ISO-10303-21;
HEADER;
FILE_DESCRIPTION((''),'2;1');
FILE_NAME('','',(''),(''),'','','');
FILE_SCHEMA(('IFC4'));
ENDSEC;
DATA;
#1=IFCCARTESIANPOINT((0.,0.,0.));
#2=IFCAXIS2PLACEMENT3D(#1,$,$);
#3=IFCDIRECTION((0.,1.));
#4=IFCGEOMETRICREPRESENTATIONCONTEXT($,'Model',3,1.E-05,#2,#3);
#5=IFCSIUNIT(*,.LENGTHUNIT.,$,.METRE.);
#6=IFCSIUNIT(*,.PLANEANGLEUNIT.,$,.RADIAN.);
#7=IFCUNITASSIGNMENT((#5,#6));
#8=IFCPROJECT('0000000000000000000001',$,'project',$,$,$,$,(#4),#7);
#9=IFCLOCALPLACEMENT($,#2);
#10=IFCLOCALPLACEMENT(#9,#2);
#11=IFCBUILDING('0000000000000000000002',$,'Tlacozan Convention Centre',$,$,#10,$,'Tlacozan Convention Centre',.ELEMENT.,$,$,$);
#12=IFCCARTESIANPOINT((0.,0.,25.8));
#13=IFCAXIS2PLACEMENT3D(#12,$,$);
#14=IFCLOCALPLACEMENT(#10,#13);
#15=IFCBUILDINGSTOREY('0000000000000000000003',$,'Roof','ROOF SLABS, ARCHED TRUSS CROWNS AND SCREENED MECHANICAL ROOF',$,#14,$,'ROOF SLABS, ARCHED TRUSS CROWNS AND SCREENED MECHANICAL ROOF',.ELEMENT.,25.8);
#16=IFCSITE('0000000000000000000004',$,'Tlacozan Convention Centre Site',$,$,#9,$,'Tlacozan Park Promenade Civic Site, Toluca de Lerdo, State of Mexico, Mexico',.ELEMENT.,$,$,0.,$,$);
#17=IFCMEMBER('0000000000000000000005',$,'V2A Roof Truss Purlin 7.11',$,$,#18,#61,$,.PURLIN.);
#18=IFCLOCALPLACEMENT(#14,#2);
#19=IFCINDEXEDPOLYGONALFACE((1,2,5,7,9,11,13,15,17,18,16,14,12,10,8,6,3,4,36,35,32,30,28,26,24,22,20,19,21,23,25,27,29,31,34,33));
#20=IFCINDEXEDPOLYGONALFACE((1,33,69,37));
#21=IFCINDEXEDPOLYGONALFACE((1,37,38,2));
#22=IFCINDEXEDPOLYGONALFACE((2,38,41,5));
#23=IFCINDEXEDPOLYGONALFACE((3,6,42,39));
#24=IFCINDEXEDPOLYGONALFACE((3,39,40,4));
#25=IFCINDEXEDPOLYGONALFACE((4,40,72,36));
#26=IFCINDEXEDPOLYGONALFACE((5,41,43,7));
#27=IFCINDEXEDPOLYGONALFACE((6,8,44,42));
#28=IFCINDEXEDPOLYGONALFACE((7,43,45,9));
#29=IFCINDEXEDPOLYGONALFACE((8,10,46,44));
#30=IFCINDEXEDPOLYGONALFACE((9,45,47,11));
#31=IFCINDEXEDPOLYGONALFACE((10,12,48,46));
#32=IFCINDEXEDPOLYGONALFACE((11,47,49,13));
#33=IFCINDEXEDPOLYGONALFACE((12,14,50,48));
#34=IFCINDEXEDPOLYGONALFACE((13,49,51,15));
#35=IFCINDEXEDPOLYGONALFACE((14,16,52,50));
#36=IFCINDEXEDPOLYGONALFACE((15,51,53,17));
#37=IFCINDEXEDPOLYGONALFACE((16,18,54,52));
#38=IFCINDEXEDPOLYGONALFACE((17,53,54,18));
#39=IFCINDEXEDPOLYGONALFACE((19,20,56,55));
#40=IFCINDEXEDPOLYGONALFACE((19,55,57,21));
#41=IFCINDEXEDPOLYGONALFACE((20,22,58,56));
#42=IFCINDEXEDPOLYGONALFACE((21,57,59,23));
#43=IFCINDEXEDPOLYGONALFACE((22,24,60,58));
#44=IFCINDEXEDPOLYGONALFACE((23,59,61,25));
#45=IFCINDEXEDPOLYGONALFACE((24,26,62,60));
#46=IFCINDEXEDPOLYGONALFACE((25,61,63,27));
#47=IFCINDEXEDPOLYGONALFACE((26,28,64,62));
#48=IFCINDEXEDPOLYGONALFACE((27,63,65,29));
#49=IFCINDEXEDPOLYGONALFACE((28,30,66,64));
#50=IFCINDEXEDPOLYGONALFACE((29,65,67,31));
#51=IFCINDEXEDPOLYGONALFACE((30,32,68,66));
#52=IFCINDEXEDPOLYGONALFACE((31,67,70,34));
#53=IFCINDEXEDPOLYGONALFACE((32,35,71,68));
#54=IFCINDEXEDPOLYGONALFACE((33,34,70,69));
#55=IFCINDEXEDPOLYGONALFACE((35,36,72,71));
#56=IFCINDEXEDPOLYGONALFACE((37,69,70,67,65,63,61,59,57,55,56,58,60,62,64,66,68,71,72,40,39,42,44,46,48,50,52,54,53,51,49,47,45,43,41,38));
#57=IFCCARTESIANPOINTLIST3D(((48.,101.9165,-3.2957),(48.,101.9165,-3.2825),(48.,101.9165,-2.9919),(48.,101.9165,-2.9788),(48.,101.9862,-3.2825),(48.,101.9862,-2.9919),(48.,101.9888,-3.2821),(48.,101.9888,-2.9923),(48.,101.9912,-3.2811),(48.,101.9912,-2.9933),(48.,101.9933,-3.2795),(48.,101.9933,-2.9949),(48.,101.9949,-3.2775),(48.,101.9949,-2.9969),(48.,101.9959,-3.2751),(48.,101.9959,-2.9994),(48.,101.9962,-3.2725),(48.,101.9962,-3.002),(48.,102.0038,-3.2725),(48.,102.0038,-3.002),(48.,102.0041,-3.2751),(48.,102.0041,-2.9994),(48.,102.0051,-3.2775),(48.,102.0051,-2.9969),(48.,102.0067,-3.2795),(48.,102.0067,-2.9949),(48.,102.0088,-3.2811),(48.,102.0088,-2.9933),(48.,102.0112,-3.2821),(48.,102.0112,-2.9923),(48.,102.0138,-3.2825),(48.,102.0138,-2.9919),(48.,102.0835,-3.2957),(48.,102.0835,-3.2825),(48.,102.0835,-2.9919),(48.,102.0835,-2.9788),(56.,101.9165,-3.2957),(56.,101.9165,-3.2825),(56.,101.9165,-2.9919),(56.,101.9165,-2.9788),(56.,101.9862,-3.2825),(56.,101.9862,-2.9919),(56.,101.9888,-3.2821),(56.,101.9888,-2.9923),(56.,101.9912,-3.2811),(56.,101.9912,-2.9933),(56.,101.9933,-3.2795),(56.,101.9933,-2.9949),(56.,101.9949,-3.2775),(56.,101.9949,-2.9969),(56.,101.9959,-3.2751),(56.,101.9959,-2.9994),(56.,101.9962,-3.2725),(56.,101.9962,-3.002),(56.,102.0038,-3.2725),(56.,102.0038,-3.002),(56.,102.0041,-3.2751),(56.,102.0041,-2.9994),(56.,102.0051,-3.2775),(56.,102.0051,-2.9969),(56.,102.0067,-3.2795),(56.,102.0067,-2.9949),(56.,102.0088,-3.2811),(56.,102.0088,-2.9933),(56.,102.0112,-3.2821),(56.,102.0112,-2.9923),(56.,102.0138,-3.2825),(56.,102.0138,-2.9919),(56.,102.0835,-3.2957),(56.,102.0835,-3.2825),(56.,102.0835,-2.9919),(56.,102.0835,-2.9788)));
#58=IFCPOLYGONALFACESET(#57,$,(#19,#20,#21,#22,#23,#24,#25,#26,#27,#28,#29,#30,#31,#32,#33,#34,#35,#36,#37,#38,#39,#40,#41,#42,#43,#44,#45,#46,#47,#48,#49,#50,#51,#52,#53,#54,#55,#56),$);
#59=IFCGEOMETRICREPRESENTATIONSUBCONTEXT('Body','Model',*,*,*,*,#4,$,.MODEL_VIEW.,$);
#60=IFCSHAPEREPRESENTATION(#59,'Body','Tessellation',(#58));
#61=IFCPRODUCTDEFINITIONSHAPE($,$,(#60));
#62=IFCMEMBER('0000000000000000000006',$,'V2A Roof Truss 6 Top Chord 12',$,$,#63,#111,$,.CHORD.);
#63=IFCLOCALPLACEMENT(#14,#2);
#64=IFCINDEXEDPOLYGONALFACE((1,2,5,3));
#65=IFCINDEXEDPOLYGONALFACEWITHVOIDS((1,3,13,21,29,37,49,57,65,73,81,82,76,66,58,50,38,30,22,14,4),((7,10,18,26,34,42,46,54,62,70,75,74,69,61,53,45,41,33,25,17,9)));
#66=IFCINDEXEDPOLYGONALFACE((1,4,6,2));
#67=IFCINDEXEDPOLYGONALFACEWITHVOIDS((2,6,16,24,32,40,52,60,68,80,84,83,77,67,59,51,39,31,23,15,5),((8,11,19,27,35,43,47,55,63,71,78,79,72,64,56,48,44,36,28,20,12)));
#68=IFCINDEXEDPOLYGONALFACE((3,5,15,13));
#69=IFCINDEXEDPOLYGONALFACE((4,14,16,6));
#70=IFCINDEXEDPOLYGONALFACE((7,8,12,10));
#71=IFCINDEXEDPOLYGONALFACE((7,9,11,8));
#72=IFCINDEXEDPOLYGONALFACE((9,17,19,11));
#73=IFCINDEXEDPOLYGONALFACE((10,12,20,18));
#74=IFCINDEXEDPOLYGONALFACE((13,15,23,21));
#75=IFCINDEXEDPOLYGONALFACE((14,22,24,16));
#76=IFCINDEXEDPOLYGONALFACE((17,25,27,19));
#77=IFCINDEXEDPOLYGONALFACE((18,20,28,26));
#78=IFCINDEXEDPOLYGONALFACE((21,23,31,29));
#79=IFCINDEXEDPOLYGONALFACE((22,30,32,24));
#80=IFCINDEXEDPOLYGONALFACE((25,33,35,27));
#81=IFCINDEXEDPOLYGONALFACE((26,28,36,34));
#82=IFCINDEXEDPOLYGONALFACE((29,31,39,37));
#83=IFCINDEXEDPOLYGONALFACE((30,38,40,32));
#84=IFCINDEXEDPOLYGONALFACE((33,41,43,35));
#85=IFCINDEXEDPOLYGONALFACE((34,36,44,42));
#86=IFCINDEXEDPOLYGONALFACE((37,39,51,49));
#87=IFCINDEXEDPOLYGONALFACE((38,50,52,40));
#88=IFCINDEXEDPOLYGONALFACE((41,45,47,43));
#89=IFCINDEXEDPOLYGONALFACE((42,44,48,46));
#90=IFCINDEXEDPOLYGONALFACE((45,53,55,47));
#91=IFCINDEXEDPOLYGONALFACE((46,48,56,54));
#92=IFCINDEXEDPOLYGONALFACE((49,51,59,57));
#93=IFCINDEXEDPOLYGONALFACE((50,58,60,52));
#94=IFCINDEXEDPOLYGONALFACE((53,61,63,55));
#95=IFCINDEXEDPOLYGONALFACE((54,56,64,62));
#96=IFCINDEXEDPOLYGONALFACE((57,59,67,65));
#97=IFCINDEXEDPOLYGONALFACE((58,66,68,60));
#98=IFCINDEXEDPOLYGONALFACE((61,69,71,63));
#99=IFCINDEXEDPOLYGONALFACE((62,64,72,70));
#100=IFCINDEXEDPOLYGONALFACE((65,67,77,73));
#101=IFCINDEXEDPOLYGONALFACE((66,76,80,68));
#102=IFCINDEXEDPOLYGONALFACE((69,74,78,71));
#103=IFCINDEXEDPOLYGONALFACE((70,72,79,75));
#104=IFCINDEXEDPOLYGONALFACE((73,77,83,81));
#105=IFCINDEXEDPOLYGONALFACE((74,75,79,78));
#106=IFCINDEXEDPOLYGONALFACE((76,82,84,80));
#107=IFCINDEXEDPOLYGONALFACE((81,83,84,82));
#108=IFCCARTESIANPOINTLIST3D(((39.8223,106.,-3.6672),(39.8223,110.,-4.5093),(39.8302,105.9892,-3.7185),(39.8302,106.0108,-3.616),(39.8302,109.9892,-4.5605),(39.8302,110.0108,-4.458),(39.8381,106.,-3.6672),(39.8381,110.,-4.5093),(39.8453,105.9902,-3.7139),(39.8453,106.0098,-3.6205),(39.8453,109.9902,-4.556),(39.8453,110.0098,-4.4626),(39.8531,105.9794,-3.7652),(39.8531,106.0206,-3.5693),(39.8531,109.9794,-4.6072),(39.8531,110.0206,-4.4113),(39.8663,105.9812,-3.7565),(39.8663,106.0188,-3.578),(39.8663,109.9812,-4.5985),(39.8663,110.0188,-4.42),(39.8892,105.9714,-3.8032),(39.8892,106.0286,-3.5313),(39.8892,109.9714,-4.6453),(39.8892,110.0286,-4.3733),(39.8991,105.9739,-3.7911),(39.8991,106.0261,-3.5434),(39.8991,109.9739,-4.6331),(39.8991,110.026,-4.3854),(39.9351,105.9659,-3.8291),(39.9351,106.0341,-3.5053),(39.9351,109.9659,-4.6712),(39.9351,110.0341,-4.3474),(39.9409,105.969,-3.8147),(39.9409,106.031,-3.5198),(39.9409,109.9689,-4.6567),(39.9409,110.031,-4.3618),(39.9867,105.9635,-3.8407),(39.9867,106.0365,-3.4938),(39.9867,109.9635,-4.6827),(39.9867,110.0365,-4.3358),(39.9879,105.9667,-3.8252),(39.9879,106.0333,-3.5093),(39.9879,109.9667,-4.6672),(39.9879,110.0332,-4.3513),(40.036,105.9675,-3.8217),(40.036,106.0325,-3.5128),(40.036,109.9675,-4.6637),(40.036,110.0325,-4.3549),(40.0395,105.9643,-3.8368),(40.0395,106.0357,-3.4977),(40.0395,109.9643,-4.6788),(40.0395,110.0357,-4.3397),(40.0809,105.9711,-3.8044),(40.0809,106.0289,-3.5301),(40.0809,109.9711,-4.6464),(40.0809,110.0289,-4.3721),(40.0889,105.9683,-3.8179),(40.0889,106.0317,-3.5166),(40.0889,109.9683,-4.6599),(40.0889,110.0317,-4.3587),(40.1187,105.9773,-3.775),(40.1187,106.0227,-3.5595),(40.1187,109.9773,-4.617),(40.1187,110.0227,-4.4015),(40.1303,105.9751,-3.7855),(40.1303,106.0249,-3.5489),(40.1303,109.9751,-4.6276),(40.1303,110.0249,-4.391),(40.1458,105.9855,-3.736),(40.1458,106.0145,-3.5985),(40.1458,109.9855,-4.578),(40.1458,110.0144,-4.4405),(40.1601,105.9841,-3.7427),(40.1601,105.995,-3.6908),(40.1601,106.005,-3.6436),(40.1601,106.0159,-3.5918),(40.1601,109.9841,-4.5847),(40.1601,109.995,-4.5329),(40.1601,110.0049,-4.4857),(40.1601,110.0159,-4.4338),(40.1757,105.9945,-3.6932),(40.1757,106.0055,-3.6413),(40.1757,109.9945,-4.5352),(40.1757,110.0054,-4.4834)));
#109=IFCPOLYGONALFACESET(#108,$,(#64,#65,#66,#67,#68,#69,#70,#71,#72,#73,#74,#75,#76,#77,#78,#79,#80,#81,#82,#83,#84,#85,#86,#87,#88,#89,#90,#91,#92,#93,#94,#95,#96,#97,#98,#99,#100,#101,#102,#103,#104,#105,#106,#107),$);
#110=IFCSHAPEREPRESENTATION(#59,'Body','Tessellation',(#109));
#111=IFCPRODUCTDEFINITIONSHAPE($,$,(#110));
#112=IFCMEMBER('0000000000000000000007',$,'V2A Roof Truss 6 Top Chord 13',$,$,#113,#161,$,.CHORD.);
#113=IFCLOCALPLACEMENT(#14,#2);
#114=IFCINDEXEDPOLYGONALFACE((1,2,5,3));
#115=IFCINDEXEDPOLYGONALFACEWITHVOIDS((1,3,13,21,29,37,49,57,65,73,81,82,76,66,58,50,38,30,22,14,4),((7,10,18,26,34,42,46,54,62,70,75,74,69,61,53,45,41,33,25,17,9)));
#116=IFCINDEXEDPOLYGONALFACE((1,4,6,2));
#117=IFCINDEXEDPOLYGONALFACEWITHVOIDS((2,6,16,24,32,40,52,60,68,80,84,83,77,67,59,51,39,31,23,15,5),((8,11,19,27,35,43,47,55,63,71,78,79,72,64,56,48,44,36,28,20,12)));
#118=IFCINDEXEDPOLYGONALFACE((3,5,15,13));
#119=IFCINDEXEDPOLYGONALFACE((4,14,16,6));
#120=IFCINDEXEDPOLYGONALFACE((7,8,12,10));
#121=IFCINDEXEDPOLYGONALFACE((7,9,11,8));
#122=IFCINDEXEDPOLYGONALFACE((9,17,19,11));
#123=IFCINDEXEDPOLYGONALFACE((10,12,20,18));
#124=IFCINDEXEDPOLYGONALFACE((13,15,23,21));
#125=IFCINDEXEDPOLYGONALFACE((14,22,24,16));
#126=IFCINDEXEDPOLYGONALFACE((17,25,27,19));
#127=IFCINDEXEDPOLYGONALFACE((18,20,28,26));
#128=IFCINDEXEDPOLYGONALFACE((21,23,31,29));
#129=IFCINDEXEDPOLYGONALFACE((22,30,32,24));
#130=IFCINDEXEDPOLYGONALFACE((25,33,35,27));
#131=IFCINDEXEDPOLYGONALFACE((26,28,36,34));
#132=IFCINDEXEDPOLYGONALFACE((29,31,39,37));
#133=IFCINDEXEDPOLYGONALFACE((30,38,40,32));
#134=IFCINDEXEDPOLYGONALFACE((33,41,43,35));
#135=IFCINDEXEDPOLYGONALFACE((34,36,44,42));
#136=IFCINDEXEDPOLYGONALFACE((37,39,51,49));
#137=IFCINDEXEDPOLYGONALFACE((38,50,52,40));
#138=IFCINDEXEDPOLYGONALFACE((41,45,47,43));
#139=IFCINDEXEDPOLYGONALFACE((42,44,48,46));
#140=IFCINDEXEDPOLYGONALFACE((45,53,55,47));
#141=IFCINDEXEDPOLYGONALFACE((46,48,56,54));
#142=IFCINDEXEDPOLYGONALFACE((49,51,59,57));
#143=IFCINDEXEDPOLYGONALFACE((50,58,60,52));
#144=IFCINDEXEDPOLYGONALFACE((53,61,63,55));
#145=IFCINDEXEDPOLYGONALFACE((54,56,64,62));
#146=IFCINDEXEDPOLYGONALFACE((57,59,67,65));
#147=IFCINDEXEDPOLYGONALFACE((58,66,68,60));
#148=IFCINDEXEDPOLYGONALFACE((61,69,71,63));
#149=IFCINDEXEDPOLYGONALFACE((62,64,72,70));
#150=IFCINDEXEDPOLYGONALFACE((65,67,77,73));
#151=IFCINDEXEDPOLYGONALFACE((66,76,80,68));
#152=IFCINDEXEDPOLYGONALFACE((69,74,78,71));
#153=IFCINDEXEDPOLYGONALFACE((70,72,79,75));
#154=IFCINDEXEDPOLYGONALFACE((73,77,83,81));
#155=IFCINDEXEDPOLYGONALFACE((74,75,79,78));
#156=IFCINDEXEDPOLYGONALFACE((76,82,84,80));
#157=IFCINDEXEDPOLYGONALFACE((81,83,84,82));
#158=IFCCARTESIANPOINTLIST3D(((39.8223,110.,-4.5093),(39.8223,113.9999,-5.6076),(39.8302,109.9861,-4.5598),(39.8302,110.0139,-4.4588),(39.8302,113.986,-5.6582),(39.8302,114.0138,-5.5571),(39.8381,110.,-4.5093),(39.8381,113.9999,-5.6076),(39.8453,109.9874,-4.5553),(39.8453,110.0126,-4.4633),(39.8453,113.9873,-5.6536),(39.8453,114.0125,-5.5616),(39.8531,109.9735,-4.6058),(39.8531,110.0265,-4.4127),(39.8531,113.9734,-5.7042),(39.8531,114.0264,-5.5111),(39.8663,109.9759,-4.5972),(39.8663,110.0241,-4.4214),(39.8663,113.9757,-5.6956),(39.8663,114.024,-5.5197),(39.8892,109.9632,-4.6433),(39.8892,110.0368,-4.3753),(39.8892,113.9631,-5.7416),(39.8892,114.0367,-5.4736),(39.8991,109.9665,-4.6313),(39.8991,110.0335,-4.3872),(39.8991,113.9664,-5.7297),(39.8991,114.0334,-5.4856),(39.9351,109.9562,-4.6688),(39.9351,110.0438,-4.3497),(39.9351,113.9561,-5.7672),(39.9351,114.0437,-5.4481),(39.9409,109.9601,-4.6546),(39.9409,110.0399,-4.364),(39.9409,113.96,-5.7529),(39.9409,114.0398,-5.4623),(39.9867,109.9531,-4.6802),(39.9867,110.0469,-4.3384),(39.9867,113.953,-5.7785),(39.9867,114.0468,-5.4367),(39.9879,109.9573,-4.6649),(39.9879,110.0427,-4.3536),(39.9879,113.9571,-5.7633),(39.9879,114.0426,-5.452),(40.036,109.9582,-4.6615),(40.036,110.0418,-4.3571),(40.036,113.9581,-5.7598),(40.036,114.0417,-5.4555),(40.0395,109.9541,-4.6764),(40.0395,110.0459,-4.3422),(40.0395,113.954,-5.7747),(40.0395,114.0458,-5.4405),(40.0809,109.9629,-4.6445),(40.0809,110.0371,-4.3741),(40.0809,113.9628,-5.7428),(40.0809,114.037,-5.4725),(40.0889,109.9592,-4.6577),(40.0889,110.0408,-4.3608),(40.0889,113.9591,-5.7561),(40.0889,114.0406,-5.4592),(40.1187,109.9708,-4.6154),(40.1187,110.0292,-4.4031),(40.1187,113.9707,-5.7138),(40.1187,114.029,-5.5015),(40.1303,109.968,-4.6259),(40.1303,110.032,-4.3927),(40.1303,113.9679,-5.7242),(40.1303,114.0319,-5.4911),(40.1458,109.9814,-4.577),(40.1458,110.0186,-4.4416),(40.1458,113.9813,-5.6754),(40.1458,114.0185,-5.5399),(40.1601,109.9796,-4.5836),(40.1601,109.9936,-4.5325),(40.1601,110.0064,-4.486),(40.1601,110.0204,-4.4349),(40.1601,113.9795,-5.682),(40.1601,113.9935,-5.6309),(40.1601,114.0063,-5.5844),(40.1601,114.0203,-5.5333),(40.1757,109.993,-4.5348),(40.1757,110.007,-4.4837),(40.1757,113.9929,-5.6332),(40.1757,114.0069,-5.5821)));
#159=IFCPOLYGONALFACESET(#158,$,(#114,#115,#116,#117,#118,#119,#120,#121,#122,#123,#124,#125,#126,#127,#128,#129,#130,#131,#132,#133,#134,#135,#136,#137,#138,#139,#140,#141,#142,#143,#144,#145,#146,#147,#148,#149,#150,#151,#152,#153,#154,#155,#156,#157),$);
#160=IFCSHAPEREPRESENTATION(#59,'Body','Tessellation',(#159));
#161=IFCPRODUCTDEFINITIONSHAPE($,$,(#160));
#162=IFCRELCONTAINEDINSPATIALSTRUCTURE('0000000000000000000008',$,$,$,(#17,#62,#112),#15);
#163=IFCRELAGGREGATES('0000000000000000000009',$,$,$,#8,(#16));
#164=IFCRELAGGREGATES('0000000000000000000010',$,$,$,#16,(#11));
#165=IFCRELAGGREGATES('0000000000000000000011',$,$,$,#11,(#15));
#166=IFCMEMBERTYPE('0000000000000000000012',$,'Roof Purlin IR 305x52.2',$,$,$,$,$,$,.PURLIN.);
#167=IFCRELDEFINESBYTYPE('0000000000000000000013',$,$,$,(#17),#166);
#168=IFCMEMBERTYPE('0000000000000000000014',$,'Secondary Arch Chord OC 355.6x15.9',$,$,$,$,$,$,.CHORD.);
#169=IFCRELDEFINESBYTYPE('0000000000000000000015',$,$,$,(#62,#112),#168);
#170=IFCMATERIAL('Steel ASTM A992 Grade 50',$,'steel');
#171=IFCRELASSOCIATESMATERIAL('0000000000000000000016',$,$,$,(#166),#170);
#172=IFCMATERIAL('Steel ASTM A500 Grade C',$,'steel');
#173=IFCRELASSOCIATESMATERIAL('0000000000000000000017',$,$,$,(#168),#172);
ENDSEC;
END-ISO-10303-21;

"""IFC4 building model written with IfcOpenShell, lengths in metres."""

from ifc_helpers import new_model, si_unit, direction, frame, origin, origin_2d, place, context, subcontext, project, spatial, hollow_circle, i_section, extrude, material, material_profile, profile_set, type_object, element, save


model = new_model("IFC4")

# Units and contexts
model_context = context("Model", 3, precision=1e-05, world=origin(), true_north=direction((0.0, 1.0)))
body_context = subcontext(model_context, "Body", "Model", "MODEL_VIEW")
ifc_project = project(units=[si_unit("LENGTHUNIT", "METRE"), si_unit("PLANEANGLEUNIT", "RADIAN")], contexts=[model_context])

# Site, building, storey
site_placement = place(None, origin())
site = spatial("IfcSite", under=ifc_project, at=site_placement, Name="Tlacozan Convention Centre Site", LongName="Tlacozan Park Promenade Civic Site, Toluca de Lerdo, State of Mexico, Mexico", CompositionType="ELEMENT", RefElevation=0.0)
building_placement = place(site_placement, origin())
building = spatial("IfcBuilding", under=site, at=building_placement, Name="Tlacozan Convention Centre", LongName="Tlacozan Convention Centre", CompositionType="ELEMENT")
storey_placement = place(building_placement, frame((0.0, 0.0, 25.8)))
storey = spatial("IfcBuildingStorey", under=building, at=storey_placement, Name="Roof", Description="ROOF SLABS, ARCHED TRUSS CROWNS AND SCREENED MECHANICAL ROOF", LongName="ROOF SLABS, ARCHED TRUSS CROWNS AND SCREENED MECHANICAL ROOF", CompositionType="ELEMENT", Elevation=25.8)

# Members
ifc_material_1 = material(Name="Steel ASTM A500 Grade C", Category="steel")
ifc_material_2 = material(Name="Steel ASTM A992 Grade 50", Category="steel")
ifc_material_profile_1 = material_profile(ifc_material_2, i_section(OverallWidth=0.167, OverallDepth=0.3169, WebThickness=0.0076, FlangeThickness=0.0132, FilletRadius=0.01, at=origin_2d()), Name="IR 305x52.2")
ifc_profile_set_1 = profile_set([ifc_material_profile_1], Name="Steel ASTM A992 Grade 50")
member_type_1 = type_object("IfcMemberType", Name="Roof Purlin IR 305x52.2", PredefinedType="PURLIN", material=ifc_profile_set_1)
for number, where, z_axis, x_axis, name in (
    (1, (48.0, 102.0, -3.1372), (1.0, 0.0, 0.0), (0.0, 1.0, 0.0), "V2A Roof Truss Purlin 7.11"),
):
    element("IfcMember", number, at=place(storey_placement, frame(where, z_axis=z_axis, x_axis=x_axis)), inside=storey, type_object=member_type_1, Name=name, PredefinedType="PURLIN", context=body_context, shape_type="SweptSolid", body=[
        extrude(i_section(OverallWidth=0.167, OverallDepth=0.3169, WebThickness=0.0076, FlangeThickness=0.0132, FilletRadius=0.01, at=origin_2d()), origin(), (0.0, 0.0, 1.0), 8.0),
    ])
ifc_material_profile_2 = material_profile(ifc_material_1, hollow_circle(Radius=0.1777, WallThickness=0.0159, at=origin_2d()), Name="OC 355.6x15.9")
ifc_profile_set_2 = profile_set([ifc_material_profile_2], Name="Steel ASTM A500 Grade C")
member_type_2 = type_object("IfcMemberType", Name="Secondary Arch Chord OC 355.6x15.9", PredefinedType="CHORD", material=ifc_profile_set_2)
member_1_placement = place(storey_placement, frame((40.0, 106.0, -3.6672), z_axis=(0.0, 0.978553, -0.205995), x_axis=(-1.0, 0.0, 0.0)))
element("IfcMember", 2, at=member_1_placement, inside=storey, type_object=member_type_2, Name="V2A Roof Truss 6 Top Chord 12", PredefinedType="CHORD", context=body_context, shape_type="SweptSolid", body=[
    extrude(hollow_circle(Radius=0.1777, WallThickness=0.0159, at=origin_2d()), origin(), (0.0, 0.0, 1.0), 4.0876),
])
member_2_placement = place(storey_placement, frame((40.0, 110.0, -4.5093), z_axis=(0.0, 0.964305, -0.264795), x_axis=(-1.0, 0.0, 0.0)))
element("IfcMember", 3, at=member_2_placement, inside=storey, type_object=member_type_2, Name="V2A Roof Truss 6 Top Chord 13", PredefinedType="CHORD", context=body_context, shape_type="SweptSolid", body=[
    extrude(hollow_circle(Radius=0.1777, WallThickness=0.0159, at=origin_2d()), origin(), (0.0, 0.0, 1.0), 4.1479),
])

save(model, "model.ifc")
